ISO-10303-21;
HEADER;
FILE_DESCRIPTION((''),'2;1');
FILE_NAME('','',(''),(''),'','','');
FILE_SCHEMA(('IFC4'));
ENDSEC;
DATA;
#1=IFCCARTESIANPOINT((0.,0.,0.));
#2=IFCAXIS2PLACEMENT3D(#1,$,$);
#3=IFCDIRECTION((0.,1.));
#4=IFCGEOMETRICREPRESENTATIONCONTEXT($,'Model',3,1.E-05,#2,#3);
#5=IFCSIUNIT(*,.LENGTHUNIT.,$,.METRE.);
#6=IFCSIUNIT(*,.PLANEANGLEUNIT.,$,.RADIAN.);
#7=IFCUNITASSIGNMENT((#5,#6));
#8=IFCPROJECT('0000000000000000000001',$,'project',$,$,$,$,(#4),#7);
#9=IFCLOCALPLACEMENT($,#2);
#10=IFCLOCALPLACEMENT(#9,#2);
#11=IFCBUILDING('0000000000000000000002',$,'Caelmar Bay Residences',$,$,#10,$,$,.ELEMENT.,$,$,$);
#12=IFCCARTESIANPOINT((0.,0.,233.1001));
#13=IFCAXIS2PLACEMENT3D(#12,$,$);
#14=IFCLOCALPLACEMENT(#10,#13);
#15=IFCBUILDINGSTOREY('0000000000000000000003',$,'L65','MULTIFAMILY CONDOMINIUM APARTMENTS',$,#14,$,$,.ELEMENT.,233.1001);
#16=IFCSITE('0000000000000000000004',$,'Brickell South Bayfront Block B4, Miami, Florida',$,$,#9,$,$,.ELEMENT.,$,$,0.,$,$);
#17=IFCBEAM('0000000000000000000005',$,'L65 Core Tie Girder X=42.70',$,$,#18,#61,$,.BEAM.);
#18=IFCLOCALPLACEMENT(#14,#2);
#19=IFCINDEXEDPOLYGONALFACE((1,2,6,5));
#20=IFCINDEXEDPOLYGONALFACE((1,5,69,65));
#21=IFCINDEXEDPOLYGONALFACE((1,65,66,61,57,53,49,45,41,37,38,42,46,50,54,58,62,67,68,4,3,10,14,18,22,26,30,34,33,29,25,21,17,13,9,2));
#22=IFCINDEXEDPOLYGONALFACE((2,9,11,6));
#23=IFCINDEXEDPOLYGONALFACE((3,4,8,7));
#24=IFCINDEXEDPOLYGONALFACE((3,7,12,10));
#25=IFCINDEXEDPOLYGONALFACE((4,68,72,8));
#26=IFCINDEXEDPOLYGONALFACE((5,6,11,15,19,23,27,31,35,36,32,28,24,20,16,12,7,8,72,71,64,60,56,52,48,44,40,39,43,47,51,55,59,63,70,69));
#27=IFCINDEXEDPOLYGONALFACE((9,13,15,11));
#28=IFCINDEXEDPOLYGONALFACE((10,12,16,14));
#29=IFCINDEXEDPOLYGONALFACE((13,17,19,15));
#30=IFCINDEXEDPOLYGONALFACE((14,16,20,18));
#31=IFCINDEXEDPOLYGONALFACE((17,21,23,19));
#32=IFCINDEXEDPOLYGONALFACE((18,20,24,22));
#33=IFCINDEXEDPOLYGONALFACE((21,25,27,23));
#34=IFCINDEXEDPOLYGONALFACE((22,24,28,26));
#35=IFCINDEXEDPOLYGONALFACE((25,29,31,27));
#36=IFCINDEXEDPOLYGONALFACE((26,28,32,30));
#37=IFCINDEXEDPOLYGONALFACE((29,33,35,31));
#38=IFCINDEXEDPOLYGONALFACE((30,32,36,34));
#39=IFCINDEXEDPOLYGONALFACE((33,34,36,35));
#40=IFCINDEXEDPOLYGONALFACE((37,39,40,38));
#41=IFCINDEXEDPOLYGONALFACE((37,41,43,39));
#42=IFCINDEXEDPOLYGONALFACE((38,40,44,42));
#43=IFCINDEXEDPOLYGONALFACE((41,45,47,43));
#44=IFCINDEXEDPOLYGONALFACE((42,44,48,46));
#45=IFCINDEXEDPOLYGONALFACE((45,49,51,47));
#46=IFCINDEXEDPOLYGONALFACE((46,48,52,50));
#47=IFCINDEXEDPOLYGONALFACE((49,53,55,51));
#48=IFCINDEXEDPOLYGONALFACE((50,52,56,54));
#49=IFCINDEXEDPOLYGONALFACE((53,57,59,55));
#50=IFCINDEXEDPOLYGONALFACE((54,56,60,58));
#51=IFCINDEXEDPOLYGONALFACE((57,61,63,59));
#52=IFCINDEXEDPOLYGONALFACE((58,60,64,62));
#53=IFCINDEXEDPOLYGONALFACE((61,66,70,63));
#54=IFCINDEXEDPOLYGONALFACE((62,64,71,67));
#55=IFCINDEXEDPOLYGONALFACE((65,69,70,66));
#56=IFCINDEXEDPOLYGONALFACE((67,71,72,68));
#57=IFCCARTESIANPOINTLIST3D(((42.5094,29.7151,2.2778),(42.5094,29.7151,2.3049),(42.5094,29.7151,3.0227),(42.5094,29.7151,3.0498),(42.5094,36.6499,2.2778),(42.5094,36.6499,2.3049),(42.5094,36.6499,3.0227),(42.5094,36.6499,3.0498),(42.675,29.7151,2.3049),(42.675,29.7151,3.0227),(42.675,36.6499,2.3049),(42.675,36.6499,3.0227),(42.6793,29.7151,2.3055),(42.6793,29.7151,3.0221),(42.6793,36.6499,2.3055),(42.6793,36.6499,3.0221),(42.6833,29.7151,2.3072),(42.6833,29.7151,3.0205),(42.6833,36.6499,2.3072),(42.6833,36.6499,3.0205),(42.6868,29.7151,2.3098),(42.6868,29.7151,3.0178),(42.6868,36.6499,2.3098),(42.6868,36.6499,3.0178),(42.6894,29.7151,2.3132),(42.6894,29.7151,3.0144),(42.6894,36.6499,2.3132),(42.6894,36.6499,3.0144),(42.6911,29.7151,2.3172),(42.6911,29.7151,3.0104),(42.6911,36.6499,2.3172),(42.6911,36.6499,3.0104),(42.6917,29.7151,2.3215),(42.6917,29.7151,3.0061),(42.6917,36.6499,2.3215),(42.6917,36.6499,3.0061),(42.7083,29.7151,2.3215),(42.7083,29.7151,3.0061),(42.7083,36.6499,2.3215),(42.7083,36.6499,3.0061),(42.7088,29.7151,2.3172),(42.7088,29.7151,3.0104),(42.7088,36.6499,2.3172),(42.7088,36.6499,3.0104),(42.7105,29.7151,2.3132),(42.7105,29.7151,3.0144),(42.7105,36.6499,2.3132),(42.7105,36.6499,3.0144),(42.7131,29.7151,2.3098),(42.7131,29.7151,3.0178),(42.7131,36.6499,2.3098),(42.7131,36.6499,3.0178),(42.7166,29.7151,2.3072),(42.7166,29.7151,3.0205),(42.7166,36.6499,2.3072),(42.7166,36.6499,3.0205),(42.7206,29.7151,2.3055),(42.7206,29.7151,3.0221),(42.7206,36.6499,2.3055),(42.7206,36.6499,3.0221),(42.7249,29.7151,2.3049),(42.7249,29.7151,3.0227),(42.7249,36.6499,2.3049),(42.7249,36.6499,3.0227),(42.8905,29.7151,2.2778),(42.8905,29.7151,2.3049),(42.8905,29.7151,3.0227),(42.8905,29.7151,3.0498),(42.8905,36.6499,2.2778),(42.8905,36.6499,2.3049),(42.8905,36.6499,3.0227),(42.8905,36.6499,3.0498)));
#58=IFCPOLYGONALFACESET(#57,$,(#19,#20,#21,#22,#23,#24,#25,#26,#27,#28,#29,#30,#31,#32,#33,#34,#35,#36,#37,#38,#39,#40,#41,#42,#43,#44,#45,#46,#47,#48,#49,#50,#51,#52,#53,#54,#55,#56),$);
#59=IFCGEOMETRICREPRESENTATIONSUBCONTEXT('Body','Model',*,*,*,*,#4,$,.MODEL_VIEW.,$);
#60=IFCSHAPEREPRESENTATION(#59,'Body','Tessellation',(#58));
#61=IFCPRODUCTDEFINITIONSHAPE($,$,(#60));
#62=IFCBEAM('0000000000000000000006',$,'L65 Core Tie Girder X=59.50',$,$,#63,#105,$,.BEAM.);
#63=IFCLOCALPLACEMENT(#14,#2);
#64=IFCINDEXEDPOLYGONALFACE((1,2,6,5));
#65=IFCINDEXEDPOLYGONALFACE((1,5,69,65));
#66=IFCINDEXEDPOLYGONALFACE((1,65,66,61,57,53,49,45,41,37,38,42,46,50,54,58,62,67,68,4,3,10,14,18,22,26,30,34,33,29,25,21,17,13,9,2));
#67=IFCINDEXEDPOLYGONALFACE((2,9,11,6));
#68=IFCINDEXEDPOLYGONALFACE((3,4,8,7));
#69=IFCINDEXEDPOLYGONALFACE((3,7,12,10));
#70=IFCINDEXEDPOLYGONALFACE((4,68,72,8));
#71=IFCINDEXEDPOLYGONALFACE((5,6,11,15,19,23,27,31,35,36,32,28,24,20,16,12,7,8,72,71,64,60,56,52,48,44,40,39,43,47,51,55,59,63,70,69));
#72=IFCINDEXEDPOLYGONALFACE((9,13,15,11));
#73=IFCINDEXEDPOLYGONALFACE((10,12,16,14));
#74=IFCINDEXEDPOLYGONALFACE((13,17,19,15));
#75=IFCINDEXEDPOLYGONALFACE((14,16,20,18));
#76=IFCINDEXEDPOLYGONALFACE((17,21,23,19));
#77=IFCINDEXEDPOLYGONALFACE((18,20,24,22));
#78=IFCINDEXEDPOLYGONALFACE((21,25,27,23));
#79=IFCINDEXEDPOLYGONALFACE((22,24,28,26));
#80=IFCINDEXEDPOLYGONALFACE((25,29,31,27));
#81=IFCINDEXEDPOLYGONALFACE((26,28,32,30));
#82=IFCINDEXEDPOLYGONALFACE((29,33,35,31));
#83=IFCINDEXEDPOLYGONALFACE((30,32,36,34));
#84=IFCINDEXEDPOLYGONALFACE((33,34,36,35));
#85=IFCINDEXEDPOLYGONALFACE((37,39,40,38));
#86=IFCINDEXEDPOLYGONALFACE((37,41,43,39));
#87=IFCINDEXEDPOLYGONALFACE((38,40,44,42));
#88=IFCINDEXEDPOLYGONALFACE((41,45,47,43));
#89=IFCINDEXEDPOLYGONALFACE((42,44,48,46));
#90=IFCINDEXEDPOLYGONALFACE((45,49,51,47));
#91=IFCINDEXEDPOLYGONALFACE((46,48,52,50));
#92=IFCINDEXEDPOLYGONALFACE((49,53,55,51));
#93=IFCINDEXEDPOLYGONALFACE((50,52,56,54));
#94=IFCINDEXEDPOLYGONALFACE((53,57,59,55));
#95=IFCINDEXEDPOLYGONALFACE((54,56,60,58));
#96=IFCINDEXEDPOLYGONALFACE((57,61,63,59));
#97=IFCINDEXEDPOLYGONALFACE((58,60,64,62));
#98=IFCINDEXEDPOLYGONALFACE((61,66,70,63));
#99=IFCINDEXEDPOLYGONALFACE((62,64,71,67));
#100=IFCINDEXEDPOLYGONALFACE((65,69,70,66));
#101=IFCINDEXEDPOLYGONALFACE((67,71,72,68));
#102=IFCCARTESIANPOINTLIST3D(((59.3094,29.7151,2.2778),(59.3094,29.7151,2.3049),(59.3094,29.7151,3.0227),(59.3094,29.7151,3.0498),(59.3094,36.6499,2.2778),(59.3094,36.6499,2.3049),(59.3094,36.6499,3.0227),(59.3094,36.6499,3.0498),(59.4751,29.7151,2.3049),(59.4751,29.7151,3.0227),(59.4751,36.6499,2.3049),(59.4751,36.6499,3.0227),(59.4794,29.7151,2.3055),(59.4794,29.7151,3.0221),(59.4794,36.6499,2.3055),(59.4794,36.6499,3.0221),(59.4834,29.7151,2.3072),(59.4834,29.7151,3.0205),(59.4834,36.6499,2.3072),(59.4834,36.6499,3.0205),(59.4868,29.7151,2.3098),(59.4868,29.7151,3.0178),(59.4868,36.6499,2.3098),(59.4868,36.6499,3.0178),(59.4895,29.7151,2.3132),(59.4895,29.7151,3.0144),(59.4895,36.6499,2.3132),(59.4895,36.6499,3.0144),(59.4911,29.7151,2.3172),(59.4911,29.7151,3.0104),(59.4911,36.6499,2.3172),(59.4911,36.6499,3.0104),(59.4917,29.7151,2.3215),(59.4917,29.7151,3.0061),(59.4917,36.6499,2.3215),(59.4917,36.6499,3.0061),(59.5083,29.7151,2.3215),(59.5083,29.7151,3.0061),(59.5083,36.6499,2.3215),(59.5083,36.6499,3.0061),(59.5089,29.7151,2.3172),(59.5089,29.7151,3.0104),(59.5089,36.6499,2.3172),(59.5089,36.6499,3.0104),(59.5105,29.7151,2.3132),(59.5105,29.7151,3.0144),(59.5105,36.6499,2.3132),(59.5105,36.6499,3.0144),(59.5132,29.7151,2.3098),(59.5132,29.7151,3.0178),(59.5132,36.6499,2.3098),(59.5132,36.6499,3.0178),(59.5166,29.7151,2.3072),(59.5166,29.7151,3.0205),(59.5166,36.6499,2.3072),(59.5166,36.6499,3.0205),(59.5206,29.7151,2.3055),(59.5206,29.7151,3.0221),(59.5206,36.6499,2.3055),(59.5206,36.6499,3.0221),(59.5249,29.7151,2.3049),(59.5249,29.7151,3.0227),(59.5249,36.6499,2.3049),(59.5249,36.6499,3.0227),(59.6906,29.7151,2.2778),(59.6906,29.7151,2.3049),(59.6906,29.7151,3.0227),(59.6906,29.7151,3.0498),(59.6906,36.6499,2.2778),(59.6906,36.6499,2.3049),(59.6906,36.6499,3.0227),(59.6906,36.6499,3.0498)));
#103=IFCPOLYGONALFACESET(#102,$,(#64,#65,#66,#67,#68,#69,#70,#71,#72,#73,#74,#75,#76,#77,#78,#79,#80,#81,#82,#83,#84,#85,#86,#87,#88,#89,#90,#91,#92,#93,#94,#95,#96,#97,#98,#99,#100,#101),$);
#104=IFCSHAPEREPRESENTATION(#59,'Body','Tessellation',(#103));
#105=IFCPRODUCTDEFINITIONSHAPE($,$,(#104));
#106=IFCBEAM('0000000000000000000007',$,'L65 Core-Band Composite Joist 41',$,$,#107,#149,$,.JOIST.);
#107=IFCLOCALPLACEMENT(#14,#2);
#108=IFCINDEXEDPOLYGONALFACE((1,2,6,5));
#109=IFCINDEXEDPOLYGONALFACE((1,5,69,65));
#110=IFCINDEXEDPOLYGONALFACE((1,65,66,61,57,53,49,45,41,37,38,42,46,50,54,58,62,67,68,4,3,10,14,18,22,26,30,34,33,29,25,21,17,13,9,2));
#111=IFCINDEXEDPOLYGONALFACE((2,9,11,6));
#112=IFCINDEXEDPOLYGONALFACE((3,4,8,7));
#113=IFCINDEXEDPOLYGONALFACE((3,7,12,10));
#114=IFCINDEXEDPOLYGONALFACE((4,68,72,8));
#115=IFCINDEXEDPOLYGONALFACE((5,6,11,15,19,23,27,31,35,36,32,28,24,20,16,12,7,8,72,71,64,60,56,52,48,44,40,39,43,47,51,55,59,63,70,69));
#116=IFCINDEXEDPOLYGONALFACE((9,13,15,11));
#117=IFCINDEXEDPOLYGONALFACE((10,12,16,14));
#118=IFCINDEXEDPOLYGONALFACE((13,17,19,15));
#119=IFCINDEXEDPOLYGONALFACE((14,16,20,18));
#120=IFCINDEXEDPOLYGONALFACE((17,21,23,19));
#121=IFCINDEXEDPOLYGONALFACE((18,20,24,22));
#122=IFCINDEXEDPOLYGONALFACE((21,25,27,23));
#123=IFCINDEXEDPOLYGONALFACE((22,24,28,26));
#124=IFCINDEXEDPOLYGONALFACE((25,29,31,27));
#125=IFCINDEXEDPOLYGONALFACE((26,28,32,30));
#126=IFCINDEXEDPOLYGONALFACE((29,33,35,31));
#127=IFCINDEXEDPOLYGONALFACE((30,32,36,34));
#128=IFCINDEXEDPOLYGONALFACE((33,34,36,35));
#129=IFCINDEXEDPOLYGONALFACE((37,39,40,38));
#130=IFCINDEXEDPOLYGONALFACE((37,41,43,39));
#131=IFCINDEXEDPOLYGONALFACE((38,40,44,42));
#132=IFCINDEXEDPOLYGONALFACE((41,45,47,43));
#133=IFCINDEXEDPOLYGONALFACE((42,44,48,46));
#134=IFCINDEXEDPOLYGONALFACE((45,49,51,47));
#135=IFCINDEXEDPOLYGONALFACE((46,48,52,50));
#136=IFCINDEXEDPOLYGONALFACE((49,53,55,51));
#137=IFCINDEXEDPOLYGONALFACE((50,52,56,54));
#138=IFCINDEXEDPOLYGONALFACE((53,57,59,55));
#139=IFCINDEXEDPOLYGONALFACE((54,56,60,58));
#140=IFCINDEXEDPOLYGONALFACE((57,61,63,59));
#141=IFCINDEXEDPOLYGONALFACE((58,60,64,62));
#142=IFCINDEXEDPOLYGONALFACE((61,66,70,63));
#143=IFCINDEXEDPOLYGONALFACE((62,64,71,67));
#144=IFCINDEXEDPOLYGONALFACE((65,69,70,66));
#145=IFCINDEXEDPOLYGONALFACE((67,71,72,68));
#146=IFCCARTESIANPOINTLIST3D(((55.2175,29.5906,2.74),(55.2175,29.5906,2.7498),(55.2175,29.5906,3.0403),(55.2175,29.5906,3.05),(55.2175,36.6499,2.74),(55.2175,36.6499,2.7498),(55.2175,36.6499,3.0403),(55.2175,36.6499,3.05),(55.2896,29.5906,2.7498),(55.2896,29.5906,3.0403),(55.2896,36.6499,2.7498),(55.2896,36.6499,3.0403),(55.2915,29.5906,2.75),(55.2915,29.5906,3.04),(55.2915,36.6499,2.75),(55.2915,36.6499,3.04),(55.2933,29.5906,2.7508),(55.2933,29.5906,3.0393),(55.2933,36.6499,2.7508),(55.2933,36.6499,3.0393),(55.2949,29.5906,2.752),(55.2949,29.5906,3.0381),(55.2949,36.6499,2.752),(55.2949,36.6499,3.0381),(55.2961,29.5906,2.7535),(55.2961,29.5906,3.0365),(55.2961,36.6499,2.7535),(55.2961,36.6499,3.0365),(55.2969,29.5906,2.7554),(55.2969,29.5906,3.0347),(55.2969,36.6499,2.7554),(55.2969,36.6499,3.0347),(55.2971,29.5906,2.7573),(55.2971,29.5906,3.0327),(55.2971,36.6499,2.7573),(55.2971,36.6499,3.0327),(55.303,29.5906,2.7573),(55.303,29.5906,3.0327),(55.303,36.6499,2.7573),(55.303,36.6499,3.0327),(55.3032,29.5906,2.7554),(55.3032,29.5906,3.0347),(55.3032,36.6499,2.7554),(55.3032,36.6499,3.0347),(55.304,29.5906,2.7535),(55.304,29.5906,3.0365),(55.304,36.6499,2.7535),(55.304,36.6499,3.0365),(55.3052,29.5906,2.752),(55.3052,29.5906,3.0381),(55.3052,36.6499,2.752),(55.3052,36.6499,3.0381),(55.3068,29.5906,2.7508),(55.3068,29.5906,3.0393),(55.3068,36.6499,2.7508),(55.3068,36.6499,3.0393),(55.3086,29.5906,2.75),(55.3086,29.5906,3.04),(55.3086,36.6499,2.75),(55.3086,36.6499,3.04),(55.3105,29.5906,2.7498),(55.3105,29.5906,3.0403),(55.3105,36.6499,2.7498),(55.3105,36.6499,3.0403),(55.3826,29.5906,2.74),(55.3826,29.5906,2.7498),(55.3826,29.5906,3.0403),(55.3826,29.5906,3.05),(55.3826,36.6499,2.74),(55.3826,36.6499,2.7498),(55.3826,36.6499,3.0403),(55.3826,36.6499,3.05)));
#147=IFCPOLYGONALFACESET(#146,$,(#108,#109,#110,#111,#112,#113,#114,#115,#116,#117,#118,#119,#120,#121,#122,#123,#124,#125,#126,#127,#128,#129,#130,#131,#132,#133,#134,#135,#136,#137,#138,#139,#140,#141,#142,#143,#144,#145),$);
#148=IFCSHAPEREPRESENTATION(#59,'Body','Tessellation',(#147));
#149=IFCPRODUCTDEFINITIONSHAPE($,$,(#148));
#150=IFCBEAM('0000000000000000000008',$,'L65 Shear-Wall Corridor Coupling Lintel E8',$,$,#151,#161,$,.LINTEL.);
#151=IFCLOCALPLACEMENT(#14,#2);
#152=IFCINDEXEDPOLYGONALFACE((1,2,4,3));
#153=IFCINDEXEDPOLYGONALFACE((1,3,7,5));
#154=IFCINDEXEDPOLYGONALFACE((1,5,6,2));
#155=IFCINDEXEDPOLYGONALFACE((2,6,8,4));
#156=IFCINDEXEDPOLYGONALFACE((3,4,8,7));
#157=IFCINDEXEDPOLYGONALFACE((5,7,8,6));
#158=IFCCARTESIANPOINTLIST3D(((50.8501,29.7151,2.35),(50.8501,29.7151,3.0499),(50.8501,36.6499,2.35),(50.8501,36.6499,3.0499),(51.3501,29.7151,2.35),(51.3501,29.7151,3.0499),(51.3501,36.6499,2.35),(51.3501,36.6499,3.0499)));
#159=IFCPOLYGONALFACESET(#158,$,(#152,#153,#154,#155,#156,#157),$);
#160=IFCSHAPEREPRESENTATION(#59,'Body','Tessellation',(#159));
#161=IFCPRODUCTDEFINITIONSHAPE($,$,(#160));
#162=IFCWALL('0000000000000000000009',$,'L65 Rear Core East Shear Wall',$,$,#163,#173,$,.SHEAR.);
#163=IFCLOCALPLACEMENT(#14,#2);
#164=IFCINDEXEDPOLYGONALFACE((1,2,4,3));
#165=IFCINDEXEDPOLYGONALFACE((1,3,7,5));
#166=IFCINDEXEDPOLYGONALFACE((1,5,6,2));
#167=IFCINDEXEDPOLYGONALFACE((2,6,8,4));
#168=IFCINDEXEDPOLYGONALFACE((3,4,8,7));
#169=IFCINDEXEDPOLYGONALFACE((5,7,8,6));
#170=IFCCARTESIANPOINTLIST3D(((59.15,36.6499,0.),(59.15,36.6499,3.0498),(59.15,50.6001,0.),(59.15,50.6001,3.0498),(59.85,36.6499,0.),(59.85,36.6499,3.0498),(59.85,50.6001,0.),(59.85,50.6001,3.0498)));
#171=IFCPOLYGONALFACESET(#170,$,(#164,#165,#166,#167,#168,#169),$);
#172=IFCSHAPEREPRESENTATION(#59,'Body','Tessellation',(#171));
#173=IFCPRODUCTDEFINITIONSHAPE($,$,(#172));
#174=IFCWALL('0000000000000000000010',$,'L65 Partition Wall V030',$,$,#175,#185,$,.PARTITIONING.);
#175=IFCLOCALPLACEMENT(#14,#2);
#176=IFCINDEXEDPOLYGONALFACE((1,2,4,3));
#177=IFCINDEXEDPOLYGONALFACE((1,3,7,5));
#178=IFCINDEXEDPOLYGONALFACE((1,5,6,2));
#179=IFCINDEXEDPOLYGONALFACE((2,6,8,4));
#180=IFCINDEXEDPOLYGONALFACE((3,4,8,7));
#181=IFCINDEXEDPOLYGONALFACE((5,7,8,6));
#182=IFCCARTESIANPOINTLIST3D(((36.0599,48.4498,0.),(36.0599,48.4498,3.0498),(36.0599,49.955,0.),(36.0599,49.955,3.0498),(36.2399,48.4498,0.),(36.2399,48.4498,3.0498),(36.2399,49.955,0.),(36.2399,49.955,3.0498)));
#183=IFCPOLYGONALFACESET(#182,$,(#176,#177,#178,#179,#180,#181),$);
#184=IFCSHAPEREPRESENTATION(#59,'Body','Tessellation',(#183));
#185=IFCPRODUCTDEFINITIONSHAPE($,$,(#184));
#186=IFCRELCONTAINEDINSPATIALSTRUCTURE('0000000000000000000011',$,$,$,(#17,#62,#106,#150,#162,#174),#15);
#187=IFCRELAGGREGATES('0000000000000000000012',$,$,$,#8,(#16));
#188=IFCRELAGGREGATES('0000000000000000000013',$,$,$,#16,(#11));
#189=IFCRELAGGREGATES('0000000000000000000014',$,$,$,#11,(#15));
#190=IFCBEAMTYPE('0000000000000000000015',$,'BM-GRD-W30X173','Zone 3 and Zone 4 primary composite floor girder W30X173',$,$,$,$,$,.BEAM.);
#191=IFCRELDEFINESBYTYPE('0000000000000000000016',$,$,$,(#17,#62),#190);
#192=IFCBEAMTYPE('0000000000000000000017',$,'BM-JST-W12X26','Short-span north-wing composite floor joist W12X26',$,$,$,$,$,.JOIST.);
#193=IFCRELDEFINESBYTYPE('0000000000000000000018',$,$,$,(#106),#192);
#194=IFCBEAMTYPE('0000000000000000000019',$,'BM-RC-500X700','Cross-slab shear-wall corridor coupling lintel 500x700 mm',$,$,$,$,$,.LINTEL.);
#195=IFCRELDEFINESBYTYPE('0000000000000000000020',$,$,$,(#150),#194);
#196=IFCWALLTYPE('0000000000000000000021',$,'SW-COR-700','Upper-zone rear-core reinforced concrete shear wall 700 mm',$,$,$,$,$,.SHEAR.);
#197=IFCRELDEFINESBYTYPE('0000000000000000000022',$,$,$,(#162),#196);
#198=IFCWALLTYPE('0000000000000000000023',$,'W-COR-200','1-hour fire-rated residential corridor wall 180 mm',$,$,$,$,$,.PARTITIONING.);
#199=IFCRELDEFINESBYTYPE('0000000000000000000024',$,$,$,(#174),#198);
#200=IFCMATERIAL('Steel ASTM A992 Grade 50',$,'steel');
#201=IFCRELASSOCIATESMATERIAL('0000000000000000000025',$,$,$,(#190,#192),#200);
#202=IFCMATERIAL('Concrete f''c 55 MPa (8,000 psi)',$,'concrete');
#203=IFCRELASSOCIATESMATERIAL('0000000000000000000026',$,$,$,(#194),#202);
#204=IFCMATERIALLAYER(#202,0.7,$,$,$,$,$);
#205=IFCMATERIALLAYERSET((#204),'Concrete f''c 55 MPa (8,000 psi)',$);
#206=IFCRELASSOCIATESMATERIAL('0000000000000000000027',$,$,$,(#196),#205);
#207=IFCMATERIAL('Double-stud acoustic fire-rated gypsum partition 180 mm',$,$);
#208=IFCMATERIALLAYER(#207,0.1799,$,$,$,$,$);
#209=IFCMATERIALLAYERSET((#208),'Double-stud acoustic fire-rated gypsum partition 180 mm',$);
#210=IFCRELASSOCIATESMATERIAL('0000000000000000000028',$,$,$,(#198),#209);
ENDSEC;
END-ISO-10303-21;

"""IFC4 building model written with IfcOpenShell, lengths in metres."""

from ifc_helpers import new_model, si_unit, direction, frame, frame_2d, origin, origin_2d, place, context, subcontext, project, spatial, rectangle, i_section, extrude, material, layer, layer_set, material_profile, profile_set, type_object, element, save


model = new_model("IFC4")

# Units and contexts
model_context = context("Model", 3, precision=1e-05, world=origin(), true_north=direction((0.0, 1.0)))
body_context = subcontext(model_context, "Body", "Model", "MODEL_VIEW")
ifc_project = project(units=[si_unit("LENGTHUNIT", "METRE"), si_unit("PLANEANGLEUNIT", "RADIAN")], contexts=[model_context])

# Site, building, storey
site_placement = place(None, origin())
site = spatial("IfcSite", under=ifc_project, at=site_placement, Name="Brickell South Bayfront Block B4, Miami, Florida", CompositionType="ELEMENT", RefElevation=0.0)
building_placement = place(site_placement, origin())
building = spatial("IfcBuilding", under=site, at=building_placement, Name="Caelmar Bay Residences", CompositionType="ELEMENT")
storey_placement = place(building_placement, frame((0.0, 0.0, 233.1001)))
storey = spatial("IfcBuildingStorey", under=building, at=storey_placement, Name="L65", Description="MULTIFAMILY CONDOMINIUM APARTMENTS", CompositionType="ELEMENT", Elevation=233.1001)

# Beams
ifc_material_1 = material(Name="Steel ASTM A992 Grade 50", Category="steel")
ifc_material_profile_1 = material_profile(ifc_material_1, i_section(OverallWidth=0.3811, OverallDepth=0.772, WebThickness=0.0166, FlangeThickness=0.0271, FilletRadius=0.0166, at=origin_2d()), Name="W30X173")
ifc_profile_set_1 = profile_set([ifc_material_profile_1], Name="Steel ASTM A992 Grade 50")
beam_type_1 = type_object("IfcBeamType", Name="BM-GRD-W30X173", Description="Zone 3 and Zone 4 primary composite floor girder W30X173", PredefinedType="BEAM", material=ifc_profile_set_1)
for number, where, z_axis, x_axis, name in (
    (1, (42.7, 29.7151, 2.6638), (0.0, 1.0, 0.0), (-1.0, 0.0, 0.0), "L65 Core Tie Girder X=42.70"),
    (2, (59.5, 29.7151, 2.6638), (0.0, 1.0, 0.0), (-1.0, 0.0, 0.0), "L65 Core Tie Girder X=59.50"),
):
    element("IfcBeam", number, at=place(storey_placement, frame(where, z_axis=z_axis, x_axis=x_axis)), inside=storey, type_object=beam_type_1, Name=name, PredefinedType="BEAM", context=body_context, shape_type="SweptSolid", body=[
        extrude(i_section(OverallWidth=0.3811, OverallDepth=0.772, WebThickness=0.0166, FlangeThickness=0.0271, FilletRadius=0.0166, at=origin_2d()), origin(), (0.0, 0.0, 1.0), 6.9348),
    ])
ifc_material_profile_2 = material_profile(ifc_material_1, i_section(OverallWidth=0.165, OverallDepth=0.3101, WebThickness=0.0059, FlangeThickness=0.0098, FilletRadius=0.0076, at=origin_2d()), Name="W12X26")
ifc_profile_set_2 = profile_set([ifc_material_profile_2], Name="Steel ASTM A992 Grade 50")
beam_type_2 = type_object("IfcBeamType", Name="BM-JST-W12X26", Description="Short-span north-wing composite floor joist W12X26", PredefinedType="JOIST", material=ifc_profile_set_2)
beam_1_placement = place(storey_placement, frame((55.3, 29.5906, 2.895), z_axis=(0.0, 1.0, 0.0), x_axis=(-1.0, 0.0, 0.0)))
element("IfcBeam", 3, at=beam_1_placement, inside=storey, type_object=beam_type_2, Name="L65 Core-Band Composite Joist 41", PredefinedType="JOIST", context=body_context, shape_type="SweptSolid", body=[
    extrude(i_section(OverallWidth=0.165, OverallDepth=0.3101, WebThickness=0.0059, FlangeThickness=0.0098, FilletRadius=0.0076, at=origin_2d()), origin(), (0.0, 0.0, 1.0), 7.0593),
])
ifc_material_2 = material(Name="Concrete f'c 55 MPa (8,000 psi)", Category="concrete")
ifc_material_profile_3 = material_profile(ifc_material_2, rectangle(XDim=0.5, YDim=0.7, at=origin_2d()), Name="RC-BM-500X700")
ifc_profile_set_3 = profile_set([ifc_material_profile_3], Name="Concrete f'c 55 MPa (8,000 psi)")
beam_type_3 = type_object("IfcBeamType", Name="BM-RC-500X700", Description="Cross-slab shear-wall corridor coupling lintel 500x700 mm", PredefinedType="LINTEL", material=ifc_profile_set_3)
beam_2_placement = place(storey_placement, frame((51.1001, 29.7151, 2.7), z_axis=(0.0, 1.0, 0.0), x_axis=(-1.0, 0.0, 0.0)))
element("IfcBeam", 4, at=beam_2_placement, inside=storey, type_object=beam_type_3, Name="L65 Shear-Wall Corridor Coupling Lintel E8", PredefinedType="LINTEL", context=body_context, shape_type="SweptSolid", body=[
    extrude(rectangle(XDim=0.5, YDim=0.7, at=origin_2d()), origin(), (0.0, 0.0, 1.0), 6.9348),
])

# Wall
ifc_layer_1 = layer(ifc_material_2, 0.7)
ifc_layer_set_1 = layer_set([ifc_layer_1], Name="Concrete f'c 55 MPa (8,000 psi)")
wall_type_1 = type_object("IfcWallType", Name="SW-COR-700", Description="Upper-zone rear-core reinforced concrete shear wall 700 mm", PredefinedType="SHEAR", material=ifc_layer_set_1)
wall_1_placement = place(storey_placement, frame((59.5, 36.6499, 0.0), z_axis=(0.0, 0.0, 1.0), x_axis=(0.0, 1.0, 0.0)))
element("IfcWall", 5, at=wall_1_placement, inside=storey, type_object=wall_type_1, Name="L65 Rear Core East Shear Wall", PredefinedType="SHEAR", context=body_context, shape_type="SweptSolid", body=[
    extrude(rectangle(XDim=13.9502, YDim=0.7, at=frame_2d((6.9751, 0.0))), origin(), (0.0, 0.0, 1.0), 3.0498),
])

# Wall
ifc_material_3 = material(Name="Double-stud acoustic fire-rated gypsum partition 180 mm")
ifc_layer_2 = layer(ifc_material_3, 0.1799)
ifc_layer_set_2 = layer_set([ifc_layer_2], Name="Double-stud acoustic fire-rated gypsum partition 180 mm")
wall_type_2 = type_object("IfcWallType", Name="W-COR-200", Description="1-hour fire-rated residential corridor wall 180 mm", PredefinedType="PARTITIONING", material=ifc_layer_set_2)
for number, where, z_axis, x_axis, name in (
    (6, (36.1499, 48.45, 0.0), (0.0, 0.0, 1.0), (0.0, 1.0, 0.0), "L65 Partition Wall V030"),
):
    element("IfcWall", number, at=place(storey_placement, frame(where, z_axis=z_axis, x_axis=x_axis)), inside=storey, type_object=wall_type_2, Name=name, PredefinedType="PARTITIONING", context=body_context, shape_type="SweptSolid", body=[
        extrude(rectangle(XDim=1.5051, YDim=0.1799, at=frame_2d((0.7524, 0.0))), origin(), (0.0, 0.0, 1.0), 3.0498),
    ])

save(model, "model.ifc")
